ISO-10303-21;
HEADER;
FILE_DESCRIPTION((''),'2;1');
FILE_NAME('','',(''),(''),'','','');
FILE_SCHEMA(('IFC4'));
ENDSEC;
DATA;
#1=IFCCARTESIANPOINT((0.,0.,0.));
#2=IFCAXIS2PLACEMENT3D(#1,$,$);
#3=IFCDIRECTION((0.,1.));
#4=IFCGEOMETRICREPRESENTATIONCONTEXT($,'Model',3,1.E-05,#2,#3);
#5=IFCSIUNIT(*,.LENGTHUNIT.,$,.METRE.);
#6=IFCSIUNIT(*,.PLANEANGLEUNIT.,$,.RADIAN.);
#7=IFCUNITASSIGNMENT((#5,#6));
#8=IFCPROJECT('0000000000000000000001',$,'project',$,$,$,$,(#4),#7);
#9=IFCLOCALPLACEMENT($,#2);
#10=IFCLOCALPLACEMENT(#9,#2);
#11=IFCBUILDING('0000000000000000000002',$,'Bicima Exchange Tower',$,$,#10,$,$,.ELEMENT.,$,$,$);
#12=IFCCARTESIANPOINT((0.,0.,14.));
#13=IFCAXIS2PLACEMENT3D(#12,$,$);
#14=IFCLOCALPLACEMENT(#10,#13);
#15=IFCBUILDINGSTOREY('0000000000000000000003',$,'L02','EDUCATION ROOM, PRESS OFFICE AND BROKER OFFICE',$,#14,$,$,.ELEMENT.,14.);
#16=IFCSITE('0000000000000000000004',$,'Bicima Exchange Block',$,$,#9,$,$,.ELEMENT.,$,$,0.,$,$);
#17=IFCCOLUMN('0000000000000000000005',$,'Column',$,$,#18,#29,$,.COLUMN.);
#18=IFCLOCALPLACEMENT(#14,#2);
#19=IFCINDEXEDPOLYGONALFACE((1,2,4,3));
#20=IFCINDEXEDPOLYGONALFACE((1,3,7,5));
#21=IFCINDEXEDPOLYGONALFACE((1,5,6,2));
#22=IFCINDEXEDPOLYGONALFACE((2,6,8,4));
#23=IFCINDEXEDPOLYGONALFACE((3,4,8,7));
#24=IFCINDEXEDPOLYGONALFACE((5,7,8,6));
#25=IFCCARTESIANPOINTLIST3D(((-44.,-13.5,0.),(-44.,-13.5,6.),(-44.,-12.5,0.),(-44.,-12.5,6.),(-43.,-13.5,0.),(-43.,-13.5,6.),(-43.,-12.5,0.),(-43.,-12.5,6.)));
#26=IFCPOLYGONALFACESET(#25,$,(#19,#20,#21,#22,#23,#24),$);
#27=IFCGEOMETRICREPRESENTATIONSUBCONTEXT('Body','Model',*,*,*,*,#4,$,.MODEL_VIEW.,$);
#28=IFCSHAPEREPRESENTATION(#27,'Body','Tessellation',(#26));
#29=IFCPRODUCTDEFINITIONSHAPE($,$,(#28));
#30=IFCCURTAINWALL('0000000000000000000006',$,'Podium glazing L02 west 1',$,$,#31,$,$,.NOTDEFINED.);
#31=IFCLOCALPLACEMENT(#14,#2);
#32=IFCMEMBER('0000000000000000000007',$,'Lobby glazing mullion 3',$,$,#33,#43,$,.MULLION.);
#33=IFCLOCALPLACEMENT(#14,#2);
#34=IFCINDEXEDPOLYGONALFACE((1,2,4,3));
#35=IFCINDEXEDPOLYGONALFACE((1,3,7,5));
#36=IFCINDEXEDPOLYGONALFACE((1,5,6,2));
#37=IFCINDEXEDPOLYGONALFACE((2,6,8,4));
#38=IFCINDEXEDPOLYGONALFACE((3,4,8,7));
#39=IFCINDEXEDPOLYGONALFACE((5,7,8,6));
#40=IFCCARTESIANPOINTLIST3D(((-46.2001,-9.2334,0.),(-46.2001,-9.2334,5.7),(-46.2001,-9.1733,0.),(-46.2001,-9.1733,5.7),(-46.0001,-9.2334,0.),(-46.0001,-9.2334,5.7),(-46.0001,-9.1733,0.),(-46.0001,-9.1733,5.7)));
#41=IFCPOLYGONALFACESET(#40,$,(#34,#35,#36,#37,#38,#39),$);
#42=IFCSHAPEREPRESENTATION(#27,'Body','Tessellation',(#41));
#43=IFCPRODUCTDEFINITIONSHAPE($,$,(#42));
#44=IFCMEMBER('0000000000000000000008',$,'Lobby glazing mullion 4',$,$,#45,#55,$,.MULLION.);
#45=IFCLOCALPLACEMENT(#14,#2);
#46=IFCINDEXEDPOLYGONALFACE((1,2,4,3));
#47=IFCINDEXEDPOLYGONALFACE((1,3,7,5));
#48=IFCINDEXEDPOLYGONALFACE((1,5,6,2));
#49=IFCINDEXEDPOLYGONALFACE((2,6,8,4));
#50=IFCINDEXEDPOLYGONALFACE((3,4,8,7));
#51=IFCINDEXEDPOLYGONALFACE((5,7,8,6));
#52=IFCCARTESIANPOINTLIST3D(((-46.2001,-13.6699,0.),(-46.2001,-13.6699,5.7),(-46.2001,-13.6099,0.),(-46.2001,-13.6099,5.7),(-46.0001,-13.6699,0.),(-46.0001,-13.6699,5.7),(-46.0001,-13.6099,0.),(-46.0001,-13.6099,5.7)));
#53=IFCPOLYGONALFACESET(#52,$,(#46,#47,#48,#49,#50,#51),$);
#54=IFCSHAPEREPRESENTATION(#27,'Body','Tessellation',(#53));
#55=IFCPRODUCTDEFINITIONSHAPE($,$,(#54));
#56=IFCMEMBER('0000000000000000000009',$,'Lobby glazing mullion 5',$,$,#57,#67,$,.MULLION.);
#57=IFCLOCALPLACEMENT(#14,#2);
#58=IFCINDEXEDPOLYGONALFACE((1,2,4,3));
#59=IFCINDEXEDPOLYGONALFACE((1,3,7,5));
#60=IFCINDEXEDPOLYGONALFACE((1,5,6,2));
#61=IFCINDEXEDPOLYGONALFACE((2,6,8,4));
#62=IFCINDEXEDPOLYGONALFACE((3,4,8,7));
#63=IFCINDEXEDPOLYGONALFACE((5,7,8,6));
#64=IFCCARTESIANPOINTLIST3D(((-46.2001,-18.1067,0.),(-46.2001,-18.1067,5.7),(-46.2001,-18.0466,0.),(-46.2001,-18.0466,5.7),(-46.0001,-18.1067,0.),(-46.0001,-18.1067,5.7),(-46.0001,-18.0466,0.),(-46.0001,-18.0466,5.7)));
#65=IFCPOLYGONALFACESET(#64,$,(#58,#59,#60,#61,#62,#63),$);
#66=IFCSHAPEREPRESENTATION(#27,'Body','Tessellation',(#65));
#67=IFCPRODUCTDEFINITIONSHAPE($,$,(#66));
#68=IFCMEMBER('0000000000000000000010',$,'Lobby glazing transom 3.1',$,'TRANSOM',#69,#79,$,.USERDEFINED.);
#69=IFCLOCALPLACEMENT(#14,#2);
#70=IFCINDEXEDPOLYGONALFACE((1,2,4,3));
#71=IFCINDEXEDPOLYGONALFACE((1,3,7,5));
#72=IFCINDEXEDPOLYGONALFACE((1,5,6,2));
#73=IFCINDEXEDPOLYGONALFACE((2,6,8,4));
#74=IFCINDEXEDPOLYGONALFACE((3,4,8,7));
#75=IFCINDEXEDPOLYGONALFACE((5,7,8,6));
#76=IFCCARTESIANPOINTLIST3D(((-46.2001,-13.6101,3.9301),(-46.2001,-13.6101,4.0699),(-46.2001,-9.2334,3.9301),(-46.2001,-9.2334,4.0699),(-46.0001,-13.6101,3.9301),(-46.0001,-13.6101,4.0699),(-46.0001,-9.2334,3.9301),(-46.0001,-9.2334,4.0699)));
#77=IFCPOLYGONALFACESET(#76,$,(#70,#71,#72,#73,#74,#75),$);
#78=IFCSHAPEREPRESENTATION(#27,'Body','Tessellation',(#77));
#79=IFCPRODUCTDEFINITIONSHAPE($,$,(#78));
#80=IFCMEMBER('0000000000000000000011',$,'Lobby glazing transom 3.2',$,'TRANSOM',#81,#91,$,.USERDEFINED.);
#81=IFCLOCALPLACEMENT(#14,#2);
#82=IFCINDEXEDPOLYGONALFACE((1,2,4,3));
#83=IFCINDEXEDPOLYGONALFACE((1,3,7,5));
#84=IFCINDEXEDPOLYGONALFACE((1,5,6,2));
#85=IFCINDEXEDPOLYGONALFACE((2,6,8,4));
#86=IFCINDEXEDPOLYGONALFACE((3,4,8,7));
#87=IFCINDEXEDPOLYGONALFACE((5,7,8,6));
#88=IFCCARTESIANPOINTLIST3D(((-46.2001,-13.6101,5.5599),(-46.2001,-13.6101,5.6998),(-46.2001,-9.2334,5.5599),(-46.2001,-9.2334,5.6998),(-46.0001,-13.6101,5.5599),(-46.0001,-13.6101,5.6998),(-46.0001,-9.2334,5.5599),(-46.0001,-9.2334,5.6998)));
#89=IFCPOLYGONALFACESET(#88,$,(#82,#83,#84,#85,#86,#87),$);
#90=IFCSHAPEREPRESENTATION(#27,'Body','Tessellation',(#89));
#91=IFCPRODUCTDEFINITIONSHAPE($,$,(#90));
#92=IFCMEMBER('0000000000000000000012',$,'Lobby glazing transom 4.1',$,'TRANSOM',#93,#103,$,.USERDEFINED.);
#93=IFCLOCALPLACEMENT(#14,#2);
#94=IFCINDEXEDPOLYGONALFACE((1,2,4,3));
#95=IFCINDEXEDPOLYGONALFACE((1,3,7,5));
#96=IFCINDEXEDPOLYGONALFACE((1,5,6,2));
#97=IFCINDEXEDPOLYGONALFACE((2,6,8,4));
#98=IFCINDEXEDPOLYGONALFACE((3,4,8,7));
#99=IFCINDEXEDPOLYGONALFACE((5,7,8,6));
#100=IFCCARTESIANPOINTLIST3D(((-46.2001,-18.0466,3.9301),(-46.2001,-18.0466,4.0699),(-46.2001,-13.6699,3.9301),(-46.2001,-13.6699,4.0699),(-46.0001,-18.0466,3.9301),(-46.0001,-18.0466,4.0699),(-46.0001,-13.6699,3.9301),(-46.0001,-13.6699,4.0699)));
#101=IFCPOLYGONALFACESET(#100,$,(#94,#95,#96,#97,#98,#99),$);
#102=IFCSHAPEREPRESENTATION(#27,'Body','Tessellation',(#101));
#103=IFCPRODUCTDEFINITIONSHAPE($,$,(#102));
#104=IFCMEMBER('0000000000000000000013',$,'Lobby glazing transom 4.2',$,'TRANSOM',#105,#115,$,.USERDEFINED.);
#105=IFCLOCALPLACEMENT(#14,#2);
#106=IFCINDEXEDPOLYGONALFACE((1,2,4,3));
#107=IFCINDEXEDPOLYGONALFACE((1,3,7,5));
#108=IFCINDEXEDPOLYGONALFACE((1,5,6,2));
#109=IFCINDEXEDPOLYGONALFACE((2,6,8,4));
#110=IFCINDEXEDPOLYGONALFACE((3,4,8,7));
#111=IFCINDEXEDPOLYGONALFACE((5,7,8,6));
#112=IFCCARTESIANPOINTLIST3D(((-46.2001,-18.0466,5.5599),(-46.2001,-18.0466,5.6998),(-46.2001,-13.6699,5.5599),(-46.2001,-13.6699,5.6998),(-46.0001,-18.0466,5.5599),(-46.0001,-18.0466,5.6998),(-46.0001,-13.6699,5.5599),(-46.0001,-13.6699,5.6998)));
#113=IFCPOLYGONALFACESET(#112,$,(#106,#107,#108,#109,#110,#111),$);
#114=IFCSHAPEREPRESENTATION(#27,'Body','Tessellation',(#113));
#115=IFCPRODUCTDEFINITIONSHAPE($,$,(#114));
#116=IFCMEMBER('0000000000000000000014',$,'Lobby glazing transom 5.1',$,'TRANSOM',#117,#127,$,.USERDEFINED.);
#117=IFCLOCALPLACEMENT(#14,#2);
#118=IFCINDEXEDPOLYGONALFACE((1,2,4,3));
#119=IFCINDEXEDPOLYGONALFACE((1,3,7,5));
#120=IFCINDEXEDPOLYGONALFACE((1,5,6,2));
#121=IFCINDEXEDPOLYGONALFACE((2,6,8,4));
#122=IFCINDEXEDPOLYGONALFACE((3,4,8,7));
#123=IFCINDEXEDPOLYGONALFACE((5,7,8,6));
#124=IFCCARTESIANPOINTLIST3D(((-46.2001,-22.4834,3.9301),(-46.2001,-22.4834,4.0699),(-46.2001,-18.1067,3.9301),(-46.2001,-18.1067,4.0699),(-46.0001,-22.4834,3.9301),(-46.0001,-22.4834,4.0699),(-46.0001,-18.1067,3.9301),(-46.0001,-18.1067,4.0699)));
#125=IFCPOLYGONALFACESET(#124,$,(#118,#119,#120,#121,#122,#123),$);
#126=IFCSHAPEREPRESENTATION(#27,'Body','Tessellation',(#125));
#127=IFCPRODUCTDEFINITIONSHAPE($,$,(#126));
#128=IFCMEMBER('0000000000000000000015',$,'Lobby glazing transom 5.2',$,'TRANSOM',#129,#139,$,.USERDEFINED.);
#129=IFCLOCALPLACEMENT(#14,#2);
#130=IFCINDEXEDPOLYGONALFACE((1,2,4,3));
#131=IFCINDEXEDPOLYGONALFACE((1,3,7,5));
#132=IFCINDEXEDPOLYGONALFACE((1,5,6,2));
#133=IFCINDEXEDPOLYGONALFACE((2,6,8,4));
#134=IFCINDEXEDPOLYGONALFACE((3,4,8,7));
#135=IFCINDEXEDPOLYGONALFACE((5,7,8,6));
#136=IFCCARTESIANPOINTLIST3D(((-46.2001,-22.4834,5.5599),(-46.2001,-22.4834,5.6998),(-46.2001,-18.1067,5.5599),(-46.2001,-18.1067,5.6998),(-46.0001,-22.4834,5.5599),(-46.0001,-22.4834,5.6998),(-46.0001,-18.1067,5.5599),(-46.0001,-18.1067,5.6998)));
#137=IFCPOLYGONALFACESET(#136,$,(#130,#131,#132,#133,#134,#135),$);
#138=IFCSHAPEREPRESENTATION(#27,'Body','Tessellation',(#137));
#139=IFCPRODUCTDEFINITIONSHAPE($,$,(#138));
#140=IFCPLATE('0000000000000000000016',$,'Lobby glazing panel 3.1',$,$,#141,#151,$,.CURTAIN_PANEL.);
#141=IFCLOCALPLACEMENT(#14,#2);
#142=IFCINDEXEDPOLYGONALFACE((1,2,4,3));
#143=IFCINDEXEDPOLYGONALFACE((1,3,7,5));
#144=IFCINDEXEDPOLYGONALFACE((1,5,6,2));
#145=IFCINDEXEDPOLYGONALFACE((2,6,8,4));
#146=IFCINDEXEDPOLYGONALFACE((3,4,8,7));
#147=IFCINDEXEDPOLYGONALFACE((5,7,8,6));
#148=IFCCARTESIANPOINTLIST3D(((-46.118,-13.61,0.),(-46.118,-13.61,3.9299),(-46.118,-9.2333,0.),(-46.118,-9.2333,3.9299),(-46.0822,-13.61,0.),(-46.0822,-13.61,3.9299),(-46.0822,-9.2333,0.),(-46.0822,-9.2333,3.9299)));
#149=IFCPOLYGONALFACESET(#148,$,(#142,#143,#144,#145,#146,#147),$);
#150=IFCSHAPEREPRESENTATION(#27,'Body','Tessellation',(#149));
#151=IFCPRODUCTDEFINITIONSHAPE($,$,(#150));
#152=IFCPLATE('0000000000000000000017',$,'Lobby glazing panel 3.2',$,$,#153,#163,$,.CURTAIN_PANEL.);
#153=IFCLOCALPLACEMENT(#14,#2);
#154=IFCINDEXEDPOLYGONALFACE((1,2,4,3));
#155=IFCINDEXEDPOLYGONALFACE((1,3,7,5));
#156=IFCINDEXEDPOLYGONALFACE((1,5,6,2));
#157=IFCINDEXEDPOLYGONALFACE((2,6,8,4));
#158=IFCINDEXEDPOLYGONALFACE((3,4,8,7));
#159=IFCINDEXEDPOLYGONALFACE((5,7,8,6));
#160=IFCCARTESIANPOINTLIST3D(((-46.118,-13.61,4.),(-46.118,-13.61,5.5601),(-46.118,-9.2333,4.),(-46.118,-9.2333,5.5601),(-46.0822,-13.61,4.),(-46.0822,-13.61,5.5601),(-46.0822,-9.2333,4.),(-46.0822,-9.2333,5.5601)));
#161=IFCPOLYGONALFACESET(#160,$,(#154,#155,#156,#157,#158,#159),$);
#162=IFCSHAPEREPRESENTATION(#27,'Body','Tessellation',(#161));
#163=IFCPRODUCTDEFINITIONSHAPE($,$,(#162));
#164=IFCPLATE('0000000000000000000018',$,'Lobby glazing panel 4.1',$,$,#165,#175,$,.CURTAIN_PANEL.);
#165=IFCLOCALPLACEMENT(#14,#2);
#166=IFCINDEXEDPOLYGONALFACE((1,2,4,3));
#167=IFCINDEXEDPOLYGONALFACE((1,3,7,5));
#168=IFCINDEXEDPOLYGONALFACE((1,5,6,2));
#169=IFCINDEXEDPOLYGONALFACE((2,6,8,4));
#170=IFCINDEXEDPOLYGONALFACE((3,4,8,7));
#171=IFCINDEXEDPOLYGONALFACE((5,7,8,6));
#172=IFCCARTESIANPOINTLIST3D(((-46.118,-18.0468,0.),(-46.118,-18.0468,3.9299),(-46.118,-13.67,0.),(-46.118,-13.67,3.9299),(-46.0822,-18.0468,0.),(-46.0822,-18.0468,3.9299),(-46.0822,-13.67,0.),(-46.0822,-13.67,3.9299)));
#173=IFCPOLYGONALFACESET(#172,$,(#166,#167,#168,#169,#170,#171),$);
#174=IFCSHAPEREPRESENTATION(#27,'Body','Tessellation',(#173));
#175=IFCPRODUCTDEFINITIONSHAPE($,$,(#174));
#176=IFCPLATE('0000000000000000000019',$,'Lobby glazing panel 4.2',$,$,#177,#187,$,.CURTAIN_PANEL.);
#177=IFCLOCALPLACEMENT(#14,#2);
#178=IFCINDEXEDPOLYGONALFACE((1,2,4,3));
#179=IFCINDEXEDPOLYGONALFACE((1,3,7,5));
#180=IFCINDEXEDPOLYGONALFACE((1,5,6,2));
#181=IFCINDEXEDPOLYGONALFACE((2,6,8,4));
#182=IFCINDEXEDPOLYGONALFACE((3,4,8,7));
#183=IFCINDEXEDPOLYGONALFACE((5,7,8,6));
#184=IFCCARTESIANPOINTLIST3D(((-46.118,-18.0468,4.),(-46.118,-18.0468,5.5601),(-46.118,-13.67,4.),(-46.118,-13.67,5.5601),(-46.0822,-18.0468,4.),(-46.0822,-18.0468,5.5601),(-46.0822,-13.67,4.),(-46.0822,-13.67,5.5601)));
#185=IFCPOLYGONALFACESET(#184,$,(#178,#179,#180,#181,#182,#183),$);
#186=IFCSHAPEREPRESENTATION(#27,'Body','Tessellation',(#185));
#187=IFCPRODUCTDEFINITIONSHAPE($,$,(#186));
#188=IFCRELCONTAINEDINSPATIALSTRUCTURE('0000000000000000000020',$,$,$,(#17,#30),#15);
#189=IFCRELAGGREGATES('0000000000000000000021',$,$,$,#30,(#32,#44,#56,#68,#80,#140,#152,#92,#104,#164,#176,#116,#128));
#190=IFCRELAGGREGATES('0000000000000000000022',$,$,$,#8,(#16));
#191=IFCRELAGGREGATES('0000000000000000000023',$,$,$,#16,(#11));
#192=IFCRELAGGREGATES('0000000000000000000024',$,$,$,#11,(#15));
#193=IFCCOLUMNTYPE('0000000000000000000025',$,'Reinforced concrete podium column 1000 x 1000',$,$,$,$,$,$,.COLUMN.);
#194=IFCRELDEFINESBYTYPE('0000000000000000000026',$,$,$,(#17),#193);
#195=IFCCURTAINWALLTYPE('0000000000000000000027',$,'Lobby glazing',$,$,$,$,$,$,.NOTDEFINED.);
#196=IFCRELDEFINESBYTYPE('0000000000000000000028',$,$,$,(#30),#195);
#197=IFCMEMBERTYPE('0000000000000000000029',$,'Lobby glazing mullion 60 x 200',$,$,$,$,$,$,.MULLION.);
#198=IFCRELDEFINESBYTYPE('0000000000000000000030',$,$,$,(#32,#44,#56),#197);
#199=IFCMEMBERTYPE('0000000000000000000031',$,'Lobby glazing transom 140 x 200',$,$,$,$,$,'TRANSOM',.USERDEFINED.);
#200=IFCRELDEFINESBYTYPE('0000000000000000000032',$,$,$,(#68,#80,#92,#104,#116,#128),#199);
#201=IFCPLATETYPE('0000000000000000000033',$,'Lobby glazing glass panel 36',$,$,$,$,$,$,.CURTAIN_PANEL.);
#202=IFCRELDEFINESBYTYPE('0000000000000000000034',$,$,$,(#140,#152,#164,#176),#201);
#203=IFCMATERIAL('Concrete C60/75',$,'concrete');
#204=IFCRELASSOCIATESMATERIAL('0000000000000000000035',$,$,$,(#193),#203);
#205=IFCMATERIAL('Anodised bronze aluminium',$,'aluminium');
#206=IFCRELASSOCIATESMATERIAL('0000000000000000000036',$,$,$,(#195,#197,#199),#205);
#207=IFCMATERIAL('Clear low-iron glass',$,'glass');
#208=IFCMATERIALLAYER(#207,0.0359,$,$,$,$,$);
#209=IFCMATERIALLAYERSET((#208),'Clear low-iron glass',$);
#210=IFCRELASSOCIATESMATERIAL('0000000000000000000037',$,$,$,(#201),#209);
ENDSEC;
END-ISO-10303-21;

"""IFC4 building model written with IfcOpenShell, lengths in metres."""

from ifc_helpers import new_model, si_unit, direction, frame, origin, origin_2d, place, context, subcontext, project, spatial, rectangle, extrude, material, layer, layer_set, material_profile, profile_set, type_object, element, aggregate, save


model = new_model("IFC4")

# Units and contexts
model_context = context("Model", 3, precision=1e-05, world=origin(), true_north=direction((0.0, 1.0)))
body_context = subcontext(model_context, "Body", "Model", "MODEL_VIEW")
ifc_project = project(units=[si_unit("LENGTHUNIT", "METRE"), si_unit("PLANEANGLEUNIT", "RADIAN")], contexts=[model_context])

# Site, building, storey
site_placement = place(None, origin())
site = spatial("IfcSite", under=ifc_project, at=site_placement, Name="Bicima Exchange Block", CompositionType="ELEMENT", RefElevation=0.0)
building_placement = place(site_placement, origin())
building = spatial("IfcBuilding", under=site, at=building_placement, Name="Bicima Exchange Tower", CompositionType="ELEMENT")
storey_placement = place(building_placement, frame((0.0, 0.0, 14.0)))
storey = spatial("IfcBuildingStorey", under=building, at=storey_placement, Name="L02", Description="EDUCATION ROOM, PRESS OFFICE AND BROKER OFFICE", CompositionType="ELEMENT", Elevation=14.0)

# Column
ifc_material_1 = material(Name="Concrete C60/75", Category="concrete")
ifc_material_profile_1 = material_profile(ifc_material_1, rectangle(XDim=1.0, YDim=1.0, at=origin_2d()))
ifc_profile_set_1 = profile_set([ifc_material_profile_1], Name="Concrete C60/75")
column_type = type_object("IfcColumnType", Name="Reinforced concrete podium column 1000 x 1000", PredefinedType="COLUMN", material=ifc_profile_set_1)
column_placement = place(storey_placement, frame((-43.5, -13.0, 0.0), z_axis=(0.0, 0.0, 1.0), x_axis=(1.0, 0.0, 0.0)))
element("IfcColumn", 1, at=column_placement, inside=storey, type_object=column_type, Name="Column", PredefinedType="COLUMN", context=body_context, shape_type="SweptSolid", body=[
    extrude(rectangle(XDim=1.0, YDim=1.0, at=origin_2d()), origin(), (0.0, 0.0, 1.0), 6.0),
])

# Curtain wall, members, plates
ifc_material_2 = material(Name="Anodised bronze aluminium", Category="aluminium")
curtain_wall_type = type_object("IfcCurtainWallType", Name="Lobby glazing", PredefinedType="NOTDEFINED", material=ifc_material_2)
curtain_wall_placement = place(storey_placement, origin())
curtain_wall = element("IfcCurtainWall", 2, at=curtain_wall_placement, inside=storey, type_object=curtain_wall_type, Name="Podium glazing L02 west 1", PredefinedType="NOTDEFINED")
ifc_material_profile_2 = material_profile(ifc_material_2, rectangle(XDim=0.2, YDim=0.0601, at=origin_2d()))
ifc_profile_set_2 = profile_set([ifc_material_profile_2], Name="Anodised bronze aluminium")
member_type_1 = type_object("IfcMemberType", Name="Lobby glazing mullion 60 x 200", PredefinedType="MULLION", material=ifc_profile_set_2)
member_1_placement = place(storey_placement, frame((-46.1001, -9.2034, 0.0), z_axis=(0.0, 0.0, 1.0), x_axis=(1.0, 0.0, 0.0)))
member_1 = element("IfcMember", 3, at=member_1_placement, type_object=member_type_1, Name="Lobby glazing mullion 3", PredefinedType="MULLION", context=body_context, shape_type="SweptSolid", body=[
    extrude(rectangle(XDim=0.2, YDim=0.0601, at=origin_2d()), origin(), (0.0, 0.0, 1.0), 5.7),
])
member_2_placement = place(storey_placement, frame((-46.1001, -13.6399, 0.0), z_axis=(0.0, 0.0, 1.0), x_axis=(1.0, 0.0, 0.0)))
member_2 = element("IfcMember", 4, at=member_2_placement, type_object=member_type_1, Name="Lobby glazing mullion 4", PredefinedType="MULLION", context=body_context, shape_type="SweptSolid", body=[
    extrude(rectangle(XDim=0.2, YDim=0.0601, at=origin_2d()), origin(), (0.0, 0.0, 1.0), 5.7),
])
member_3_placement = place(storey_placement, frame((-46.1001, -18.0767, 0.0), z_axis=(0.0, 0.0, 1.0), x_axis=(1.0, 0.0, 0.0)))
member_3 = element("IfcMember", 5, at=member_3_placement, type_object=member_type_1, Name="Lobby glazing mullion 5", PredefinedType="MULLION", context=body_context, shape_type="SweptSolid", body=[
    extrude(rectangle(XDim=0.2, YDim=0.0601, at=origin_2d()), origin(), (0.0, 0.0, 1.0), 5.7),
])
ifc_material_profile_3 = material_profile(ifc_material_2, rectangle(XDim=0.2, YDim=0.1399, at=origin_2d()))
ifc_profile_set_3 = profile_set([ifc_material_profile_3], Name="Anodised bronze aluminium")
member_type_2 = type_object("IfcMemberType", Name="Lobby glazing transom 140 x 200", ElementType="TRANSOM", PredefinedType="USERDEFINED", material=ifc_profile_set_3)
member_4_placement = place(storey_placement, frame((-46.1001, -9.2334, 4.0), z_axis=(0.0, -1.0, 0.0), x_axis=(1.0, 0.0, 0.0)))
member_4 = element("IfcMember", 6, at=member_4_placement, type_object=member_type_2, Name="Lobby glazing transom 3.1", ObjectType="TRANSOM", PredefinedType="USERDEFINED", context=body_context, shape_type="SweptSolid", body=[
    extrude(rectangle(XDim=0.2, YDim=0.1399, at=origin_2d()), origin(), (0.0, 0.0, 1.0), 4.3767),
])
member_5_placement = place(storey_placement, frame((-46.1001, -9.2334, 5.6299), z_axis=(0.0, -1.0, 0.0), x_axis=(1.0, 0.0, 0.0)))
member_5 = element("IfcMember", 7, at=member_5_placement, type_object=member_type_2, Name="Lobby glazing transom 3.2", ObjectType="TRANSOM", PredefinedType="USERDEFINED", context=body_context, shape_type="SweptSolid", body=[
    extrude(rectangle(XDim=0.2, YDim=0.1399, at=origin_2d()), origin(), (0.0, 0.0, 1.0), 4.3767),
])
member_6_placement = place(storey_placement, frame((-46.1001, -13.6699, 4.0), z_axis=(0.0, -1.0, 0.0), x_axis=(1.0, 0.0, 0.0)))
member_6 = element("IfcMember", 8, at=member_6_placement, type_object=member_type_2, Name="Lobby glazing transom 4.1", ObjectType="TRANSOM", PredefinedType="USERDEFINED", context=body_context, shape_type="SweptSolid", body=[
    extrude(rectangle(XDim=0.2, YDim=0.1399, at=origin_2d()), origin(), (0.0, 0.0, 1.0), 4.3767),
])
member_7_placement = place(storey_placement, frame((-46.1001, -13.6699, 5.6299), z_axis=(0.0, -1.0, 0.0), x_axis=(1.0, 0.0, 0.0)))
member_7 = element("IfcMember", 9, at=member_7_placement, type_object=member_type_2, Name="Lobby glazing transom 4.2", ObjectType="TRANSOM", PredefinedType="USERDEFINED", context=body_context, shape_type="SweptSolid", body=[
    extrude(rectangle(XDim=0.2, YDim=0.1399, at=origin_2d()), origin(), (0.0, 0.0, 1.0), 4.3767),
])
member_8_placement = place(storey_placement, frame((-46.1001, -18.1067, 4.0), z_axis=(0.0, -1.0, 0.0), x_axis=(1.0, 0.0, 0.0)))
member_8 = element("IfcMember", 10, at=member_8_placement, type_object=member_type_2, Name="Lobby glazing transom 5.1", ObjectType="TRANSOM", PredefinedType="USERDEFINED", context=body_context, shape_type="SweptSolid", body=[
    extrude(rectangle(XDim=0.2, YDim=0.1399, at=origin_2d()), origin(), (0.0, 0.0, 1.0), 4.3767),
])
member_9_placement = place(storey_placement, frame((-46.1001, -18.1067, 5.6299), z_axis=(0.0, -1.0, 0.0), x_axis=(1.0, 0.0, 0.0)))
member_9 = element("IfcMember", 11, at=member_9_placement, type_object=member_type_2, Name="Lobby glazing transom 5.2", ObjectType="TRANSOM", PredefinedType="USERDEFINED", context=body_context, shape_type="SweptSolid", body=[
    extrude(rectangle(XDim=0.2, YDim=0.1399, at=origin_2d()), origin(), (0.0, 0.0, 1.0), 4.3767),
])
ifc_material_3 = material(Name="Clear low-iron glass", Category="glass")
ifc_layer_1 = layer(ifc_material_3, 0.0359)
ifc_layer_set_1 = layer_set([ifc_layer_1], Name="Clear low-iron glass")
plate_type = type_object("IfcPlateType", Name="Lobby glazing glass panel 36", PredefinedType="CURTAIN_PANEL", material=ifc_layer_set_1)
plate_1_placement = place(storey_placement, frame((-46.1001, -11.4216, 0.0), z_axis=(0.0, 0.0, 1.0), x_axis=(0.0, -1.0, 0.0)))
plate_1 = element("IfcPlate", 12, at=plate_1_placement, type_object=plate_type, Name="Lobby glazing panel 3.1", PredefinedType="CURTAIN_PANEL", context=body_context, shape_type="SweptSolid", body=[
    extrude(rectangle(XDim=4.3767, YDim=0.0359, at=origin_2d()), origin(), (0.0, 0.0, 1.0), 3.9299),
])
plate_2_placement = place(storey_placement, frame((-46.1001, -11.4216, 4.0), z_axis=(0.0, 0.0, 1.0), x_axis=(0.0, -1.0, 0.0)))
plate_2 = element("IfcPlate", 13, at=plate_2_placement, type_object=plate_type, Name="Lobby glazing panel 3.2", PredefinedType="CURTAIN_PANEL", context=body_context, shape_type="SweptSolid", body=[
    extrude(rectangle(XDim=4.3767, YDim=0.0359, at=origin_2d()), origin(), (0.0, 0.0, 1.0), 1.5601),
])
plate_3_placement = place(storey_placement, frame((-46.1001, -15.8584, 0.0), z_axis=(0.0, 0.0, 1.0), x_axis=(0.0, -1.0, 0.0)))
plate_3 = element("IfcPlate", 14, at=plate_3_placement, type_object=plate_type, Name="Lobby glazing panel 4.1", PredefinedType="CURTAIN_PANEL", context=body_context, shape_type="SweptSolid", body=[
    extrude(rectangle(XDim=4.3767, YDim=0.0359, at=origin_2d()), origin(), (0.0, 0.0, 1.0), 3.9299),
])
plate_4_placement = place(storey_placement, frame((-46.1001, -15.8584, 4.0), z_axis=(0.0, 0.0, 1.0), x_axis=(0.0, -1.0, 0.0)))
plate_4 = element("IfcPlate", 15, at=plate_4_placement, type_object=plate_type, Name="Lobby glazing panel 4.2", PredefinedType="CURTAIN_PANEL", context=body_context, shape_type="SweptSolid", body=[
    extrude(rectangle(XDim=4.3767, YDim=0.0359, at=origin_2d()), origin(), (0.0, 0.0, 1.0), 1.5601),
])
aggregate(curtain_wall, [member_1, member_2, member_3, member_4, member_5, plate_1, plate_2, member_6, member_7, plate_3, plate_4, member_8, member_9])

save(model, "model.ifc")
